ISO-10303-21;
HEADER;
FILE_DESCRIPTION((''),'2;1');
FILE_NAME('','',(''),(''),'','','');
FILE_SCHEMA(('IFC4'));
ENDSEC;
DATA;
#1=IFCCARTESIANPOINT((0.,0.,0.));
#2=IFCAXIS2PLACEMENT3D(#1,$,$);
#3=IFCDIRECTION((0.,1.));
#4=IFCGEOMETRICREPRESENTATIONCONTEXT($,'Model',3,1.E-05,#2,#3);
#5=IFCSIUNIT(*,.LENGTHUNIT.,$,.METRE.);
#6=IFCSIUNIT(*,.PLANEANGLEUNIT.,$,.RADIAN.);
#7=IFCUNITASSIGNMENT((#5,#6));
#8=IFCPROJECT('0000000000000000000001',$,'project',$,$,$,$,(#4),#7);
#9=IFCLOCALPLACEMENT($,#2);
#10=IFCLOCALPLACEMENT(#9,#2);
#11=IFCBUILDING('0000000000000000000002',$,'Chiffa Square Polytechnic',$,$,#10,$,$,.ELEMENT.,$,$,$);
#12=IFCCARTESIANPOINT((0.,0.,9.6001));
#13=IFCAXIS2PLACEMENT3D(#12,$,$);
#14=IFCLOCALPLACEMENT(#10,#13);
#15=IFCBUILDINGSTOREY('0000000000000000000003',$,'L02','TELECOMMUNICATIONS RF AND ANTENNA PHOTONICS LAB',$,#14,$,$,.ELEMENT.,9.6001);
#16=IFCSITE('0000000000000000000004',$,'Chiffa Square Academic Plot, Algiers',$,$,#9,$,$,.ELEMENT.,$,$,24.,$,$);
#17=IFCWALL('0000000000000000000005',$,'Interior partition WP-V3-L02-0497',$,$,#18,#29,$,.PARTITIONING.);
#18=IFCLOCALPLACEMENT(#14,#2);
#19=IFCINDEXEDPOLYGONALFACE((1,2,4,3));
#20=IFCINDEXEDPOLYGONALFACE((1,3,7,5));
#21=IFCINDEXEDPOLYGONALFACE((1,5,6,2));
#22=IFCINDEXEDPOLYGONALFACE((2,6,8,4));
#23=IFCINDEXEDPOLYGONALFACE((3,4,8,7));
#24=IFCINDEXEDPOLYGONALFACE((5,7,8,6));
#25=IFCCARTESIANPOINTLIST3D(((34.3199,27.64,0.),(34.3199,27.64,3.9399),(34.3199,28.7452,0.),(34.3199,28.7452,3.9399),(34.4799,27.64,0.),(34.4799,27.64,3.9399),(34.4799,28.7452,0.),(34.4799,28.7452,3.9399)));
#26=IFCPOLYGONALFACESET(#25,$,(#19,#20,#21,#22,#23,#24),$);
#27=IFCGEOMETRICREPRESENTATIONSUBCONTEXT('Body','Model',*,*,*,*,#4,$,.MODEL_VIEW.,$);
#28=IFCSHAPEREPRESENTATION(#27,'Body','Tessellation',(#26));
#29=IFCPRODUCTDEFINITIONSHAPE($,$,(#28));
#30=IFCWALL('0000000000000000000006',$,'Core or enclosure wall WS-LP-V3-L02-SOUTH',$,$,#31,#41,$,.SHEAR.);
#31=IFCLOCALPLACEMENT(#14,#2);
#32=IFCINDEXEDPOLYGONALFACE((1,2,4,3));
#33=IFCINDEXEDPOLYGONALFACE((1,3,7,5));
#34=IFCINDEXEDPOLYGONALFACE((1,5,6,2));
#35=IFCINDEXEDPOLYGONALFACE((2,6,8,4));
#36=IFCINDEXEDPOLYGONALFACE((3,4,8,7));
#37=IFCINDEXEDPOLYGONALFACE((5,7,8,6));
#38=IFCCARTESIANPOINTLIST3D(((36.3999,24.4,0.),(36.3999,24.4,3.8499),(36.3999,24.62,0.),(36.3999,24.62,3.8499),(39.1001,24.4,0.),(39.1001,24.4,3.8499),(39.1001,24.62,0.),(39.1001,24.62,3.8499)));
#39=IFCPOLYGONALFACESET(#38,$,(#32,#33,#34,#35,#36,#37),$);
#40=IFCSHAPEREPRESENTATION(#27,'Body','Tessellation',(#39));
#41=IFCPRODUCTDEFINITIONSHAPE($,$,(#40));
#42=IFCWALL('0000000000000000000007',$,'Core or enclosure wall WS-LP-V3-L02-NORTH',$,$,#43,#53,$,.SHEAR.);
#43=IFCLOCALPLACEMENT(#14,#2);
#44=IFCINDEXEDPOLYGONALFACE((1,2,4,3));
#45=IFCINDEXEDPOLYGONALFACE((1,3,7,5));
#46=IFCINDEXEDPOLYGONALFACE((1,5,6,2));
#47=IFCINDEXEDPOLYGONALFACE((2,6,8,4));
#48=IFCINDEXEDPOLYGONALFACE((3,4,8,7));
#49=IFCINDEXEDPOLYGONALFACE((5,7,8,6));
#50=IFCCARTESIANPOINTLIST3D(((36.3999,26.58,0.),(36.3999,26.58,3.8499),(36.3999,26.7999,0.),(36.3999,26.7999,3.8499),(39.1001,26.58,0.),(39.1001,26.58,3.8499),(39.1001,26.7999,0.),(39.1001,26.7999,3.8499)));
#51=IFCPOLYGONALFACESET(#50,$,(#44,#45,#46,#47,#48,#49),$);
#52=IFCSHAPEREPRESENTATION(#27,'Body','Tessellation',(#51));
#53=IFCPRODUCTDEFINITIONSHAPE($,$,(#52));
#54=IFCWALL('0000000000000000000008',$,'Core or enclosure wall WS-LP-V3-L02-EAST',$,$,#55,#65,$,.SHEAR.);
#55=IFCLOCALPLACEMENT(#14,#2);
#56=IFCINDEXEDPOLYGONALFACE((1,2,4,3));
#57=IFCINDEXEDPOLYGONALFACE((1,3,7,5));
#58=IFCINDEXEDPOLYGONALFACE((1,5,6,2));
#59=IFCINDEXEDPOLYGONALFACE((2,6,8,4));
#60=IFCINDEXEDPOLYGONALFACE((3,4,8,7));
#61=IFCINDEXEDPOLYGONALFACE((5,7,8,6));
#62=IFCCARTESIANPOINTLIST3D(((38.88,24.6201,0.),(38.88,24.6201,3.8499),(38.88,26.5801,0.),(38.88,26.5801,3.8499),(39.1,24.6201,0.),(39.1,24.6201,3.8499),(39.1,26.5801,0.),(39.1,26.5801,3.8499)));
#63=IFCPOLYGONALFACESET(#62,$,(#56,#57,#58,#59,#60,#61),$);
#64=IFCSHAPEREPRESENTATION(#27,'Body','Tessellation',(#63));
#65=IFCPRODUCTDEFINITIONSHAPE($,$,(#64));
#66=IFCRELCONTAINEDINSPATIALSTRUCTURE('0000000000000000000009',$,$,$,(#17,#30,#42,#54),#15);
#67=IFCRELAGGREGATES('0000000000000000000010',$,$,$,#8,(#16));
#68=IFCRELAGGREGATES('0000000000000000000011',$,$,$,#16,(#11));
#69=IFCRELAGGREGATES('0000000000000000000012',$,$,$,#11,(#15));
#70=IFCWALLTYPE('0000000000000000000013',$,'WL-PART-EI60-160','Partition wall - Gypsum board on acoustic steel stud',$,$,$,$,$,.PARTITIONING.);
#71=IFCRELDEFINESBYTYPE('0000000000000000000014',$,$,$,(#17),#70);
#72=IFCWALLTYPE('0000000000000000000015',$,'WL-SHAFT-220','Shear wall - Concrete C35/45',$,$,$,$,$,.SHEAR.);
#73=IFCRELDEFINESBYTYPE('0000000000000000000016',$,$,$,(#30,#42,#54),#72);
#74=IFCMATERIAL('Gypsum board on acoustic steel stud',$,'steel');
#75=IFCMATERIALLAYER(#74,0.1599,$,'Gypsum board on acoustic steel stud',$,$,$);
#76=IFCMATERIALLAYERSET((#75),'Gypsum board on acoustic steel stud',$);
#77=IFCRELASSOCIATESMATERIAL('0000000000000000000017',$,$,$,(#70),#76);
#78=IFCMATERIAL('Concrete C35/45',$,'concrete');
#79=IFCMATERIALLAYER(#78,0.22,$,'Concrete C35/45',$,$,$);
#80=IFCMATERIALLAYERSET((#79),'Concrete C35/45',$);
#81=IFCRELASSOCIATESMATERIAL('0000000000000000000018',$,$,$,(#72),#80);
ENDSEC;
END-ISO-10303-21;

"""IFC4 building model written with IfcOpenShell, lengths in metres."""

from ifc_helpers import new_model, si_unit, direction, frame, frame_2d, origin, place, context, subcontext, project, spatial, rectangle, extrude, material, layer, layer_set, type_object, element, save


model = new_model("IFC4")

# Units and contexts
model_context = context("Model", 3, precision=1e-05, world=origin(), true_north=direction((0.0, 1.0)))
body_context = subcontext(model_context, "Body", "Model", "MODEL_VIEW")
ifc_project = project(units=[si_unit("LENGTHUNIT", "METRE"), si_unit("PLANEANGLEUNIT", "RADIAN")], contexts=[model_context])

# Site, building, storey
site_placement = place(None, origin())
site = spatial("IfcSite", under=ifc_project, at=site_placement, Name="Chiffa Square Academic Plot, Algiers", CompositionType="ELEMENT", RefElevation=24.0)
building_placement = place(site_placement, origin())
building = spatial("IfcBuilding", under=site, at=building_placement, Name="Chiffa Square Polytechnic", CompositionType="ELEMENT")
storey_placement = place(building_placement, frame((0.0, 0.0, 9.6001)))
storey = spatial("IfcBuildingStorey", under=building, at=storey_placement, Name="L02", Description="TELECOMMUNICATIONS RF AND ANTENNA PHOTONICS LAB", CompositionType="ELEMENT", Elevation=9.6001)

# Shared definitions
ifc_material_1 = material(Name="Concrete C35/45", Category="concrete")

# Shared definitions
ifc_material_2 = material(Name="Gypsum board on acoustic steel stud", Category="steel")
ifc_layer_1 = layer(ifc_material_2, 0.1599, Name="Gypsum board on acoustic steel stud")
ifc_layer_set_1 = layer_set([ifc_layer_1], Name="Gypsum board on acoustic steel stud")
wall_type_1 = type_object("IfcWallType", Name="WL-PART-EI60-160", Description="Partition wall - Gypsum board on acoustic steel stud", PredefinedType="PARTITIONING", material=ifc_layer_set_1)

# Walls
wall_1_placement = place(storey_placement, frame((34.3999, 27.6399, 0.0), z_axis=(0.0, 0.0, 1.0), x_axis=(0.0, 1.0, 0.0)))
element("IfcWall", 1, at=wall_1_placement, inside=storey, type_object=wall_type_1, Name="Interior partition WP-V3-L02-0497", PredefinedType="PARTITIONING", context=body_context, shape_type="SweptSolid", body=[
    extrude(rectangle(XDim=1.1052, YDim=0.1599, at=frame_2d((0.5527, 0.0))), origin(), (0.0, 0.0, 1.0), 3.9399),
])
ifc_layer_2 = layer(ifc_material_1, 0.22, Name="Concrete C35/45")
ifc_layer_set_2 = layer_set([ifc_layer_2], Name="Concrete C35/45")
wall_type_2 = type_object("IfcWallType", Name="WL-SHAFT-220", Description="Shear wall - Concrete C35/45", PredefinedType="SHEAR", material=ifc_layer_set_2)
for number, where, z_axis, x_axis, name in (
    (2, (36.3999, 24.51, 0.0), (0.0, 0.0, 1.0), (1.0, 0.0, 0.0), "Core or enclosure wall WS-LP-V3-L02-SOUTH"),
    (3, (36.3999, 26.6899, 0.0), (0.0, 0.0, 1.0), (1.0, 0.0, 0.0), "Core or enclosure wall WS-LP-V3-L02-NORTH"),
):
    element("IfcWall", number, at=place(storey_placement, frame(where, z_axis=z_axis, x_axis=x_axis)), inside=storey, type_object=wall_type_2, Name=name, PredefinedType="SHEAR", context=body_context, shape_type="SweptSolid", body=[
        extrude(rectangle(XDim=2.7002, YDim=0.22, at=frame_2d((1.3501, 0.0))), origin(), (0.0, 0.0, 1.0), 3.8499),
    ])

# Wall
wall_2_placement = place(storey_placement, frame((38.99, 24.6201, 0.0), z_axis=(0.0, 0.0, 1.0), x_axis=(0.0, 1.0, 0.0)))
element("IfcWall", 4, at=wall_2_placement, inside=storey, type_object=wall_type_2, Name="Core or enclosure wall WS-LP-V3-L02-EAST", PredefinedType="SHEAR", context=body_context, shape_type="SweptSolid", body=[
    extrude(rectangle(XDim=1.96, YDim=0.22, at=frame_2d((0.98, 0.0))), origin(), (0.0, 0.0, 1.0), 3.8499),
])

save(model, "model.ifc")
